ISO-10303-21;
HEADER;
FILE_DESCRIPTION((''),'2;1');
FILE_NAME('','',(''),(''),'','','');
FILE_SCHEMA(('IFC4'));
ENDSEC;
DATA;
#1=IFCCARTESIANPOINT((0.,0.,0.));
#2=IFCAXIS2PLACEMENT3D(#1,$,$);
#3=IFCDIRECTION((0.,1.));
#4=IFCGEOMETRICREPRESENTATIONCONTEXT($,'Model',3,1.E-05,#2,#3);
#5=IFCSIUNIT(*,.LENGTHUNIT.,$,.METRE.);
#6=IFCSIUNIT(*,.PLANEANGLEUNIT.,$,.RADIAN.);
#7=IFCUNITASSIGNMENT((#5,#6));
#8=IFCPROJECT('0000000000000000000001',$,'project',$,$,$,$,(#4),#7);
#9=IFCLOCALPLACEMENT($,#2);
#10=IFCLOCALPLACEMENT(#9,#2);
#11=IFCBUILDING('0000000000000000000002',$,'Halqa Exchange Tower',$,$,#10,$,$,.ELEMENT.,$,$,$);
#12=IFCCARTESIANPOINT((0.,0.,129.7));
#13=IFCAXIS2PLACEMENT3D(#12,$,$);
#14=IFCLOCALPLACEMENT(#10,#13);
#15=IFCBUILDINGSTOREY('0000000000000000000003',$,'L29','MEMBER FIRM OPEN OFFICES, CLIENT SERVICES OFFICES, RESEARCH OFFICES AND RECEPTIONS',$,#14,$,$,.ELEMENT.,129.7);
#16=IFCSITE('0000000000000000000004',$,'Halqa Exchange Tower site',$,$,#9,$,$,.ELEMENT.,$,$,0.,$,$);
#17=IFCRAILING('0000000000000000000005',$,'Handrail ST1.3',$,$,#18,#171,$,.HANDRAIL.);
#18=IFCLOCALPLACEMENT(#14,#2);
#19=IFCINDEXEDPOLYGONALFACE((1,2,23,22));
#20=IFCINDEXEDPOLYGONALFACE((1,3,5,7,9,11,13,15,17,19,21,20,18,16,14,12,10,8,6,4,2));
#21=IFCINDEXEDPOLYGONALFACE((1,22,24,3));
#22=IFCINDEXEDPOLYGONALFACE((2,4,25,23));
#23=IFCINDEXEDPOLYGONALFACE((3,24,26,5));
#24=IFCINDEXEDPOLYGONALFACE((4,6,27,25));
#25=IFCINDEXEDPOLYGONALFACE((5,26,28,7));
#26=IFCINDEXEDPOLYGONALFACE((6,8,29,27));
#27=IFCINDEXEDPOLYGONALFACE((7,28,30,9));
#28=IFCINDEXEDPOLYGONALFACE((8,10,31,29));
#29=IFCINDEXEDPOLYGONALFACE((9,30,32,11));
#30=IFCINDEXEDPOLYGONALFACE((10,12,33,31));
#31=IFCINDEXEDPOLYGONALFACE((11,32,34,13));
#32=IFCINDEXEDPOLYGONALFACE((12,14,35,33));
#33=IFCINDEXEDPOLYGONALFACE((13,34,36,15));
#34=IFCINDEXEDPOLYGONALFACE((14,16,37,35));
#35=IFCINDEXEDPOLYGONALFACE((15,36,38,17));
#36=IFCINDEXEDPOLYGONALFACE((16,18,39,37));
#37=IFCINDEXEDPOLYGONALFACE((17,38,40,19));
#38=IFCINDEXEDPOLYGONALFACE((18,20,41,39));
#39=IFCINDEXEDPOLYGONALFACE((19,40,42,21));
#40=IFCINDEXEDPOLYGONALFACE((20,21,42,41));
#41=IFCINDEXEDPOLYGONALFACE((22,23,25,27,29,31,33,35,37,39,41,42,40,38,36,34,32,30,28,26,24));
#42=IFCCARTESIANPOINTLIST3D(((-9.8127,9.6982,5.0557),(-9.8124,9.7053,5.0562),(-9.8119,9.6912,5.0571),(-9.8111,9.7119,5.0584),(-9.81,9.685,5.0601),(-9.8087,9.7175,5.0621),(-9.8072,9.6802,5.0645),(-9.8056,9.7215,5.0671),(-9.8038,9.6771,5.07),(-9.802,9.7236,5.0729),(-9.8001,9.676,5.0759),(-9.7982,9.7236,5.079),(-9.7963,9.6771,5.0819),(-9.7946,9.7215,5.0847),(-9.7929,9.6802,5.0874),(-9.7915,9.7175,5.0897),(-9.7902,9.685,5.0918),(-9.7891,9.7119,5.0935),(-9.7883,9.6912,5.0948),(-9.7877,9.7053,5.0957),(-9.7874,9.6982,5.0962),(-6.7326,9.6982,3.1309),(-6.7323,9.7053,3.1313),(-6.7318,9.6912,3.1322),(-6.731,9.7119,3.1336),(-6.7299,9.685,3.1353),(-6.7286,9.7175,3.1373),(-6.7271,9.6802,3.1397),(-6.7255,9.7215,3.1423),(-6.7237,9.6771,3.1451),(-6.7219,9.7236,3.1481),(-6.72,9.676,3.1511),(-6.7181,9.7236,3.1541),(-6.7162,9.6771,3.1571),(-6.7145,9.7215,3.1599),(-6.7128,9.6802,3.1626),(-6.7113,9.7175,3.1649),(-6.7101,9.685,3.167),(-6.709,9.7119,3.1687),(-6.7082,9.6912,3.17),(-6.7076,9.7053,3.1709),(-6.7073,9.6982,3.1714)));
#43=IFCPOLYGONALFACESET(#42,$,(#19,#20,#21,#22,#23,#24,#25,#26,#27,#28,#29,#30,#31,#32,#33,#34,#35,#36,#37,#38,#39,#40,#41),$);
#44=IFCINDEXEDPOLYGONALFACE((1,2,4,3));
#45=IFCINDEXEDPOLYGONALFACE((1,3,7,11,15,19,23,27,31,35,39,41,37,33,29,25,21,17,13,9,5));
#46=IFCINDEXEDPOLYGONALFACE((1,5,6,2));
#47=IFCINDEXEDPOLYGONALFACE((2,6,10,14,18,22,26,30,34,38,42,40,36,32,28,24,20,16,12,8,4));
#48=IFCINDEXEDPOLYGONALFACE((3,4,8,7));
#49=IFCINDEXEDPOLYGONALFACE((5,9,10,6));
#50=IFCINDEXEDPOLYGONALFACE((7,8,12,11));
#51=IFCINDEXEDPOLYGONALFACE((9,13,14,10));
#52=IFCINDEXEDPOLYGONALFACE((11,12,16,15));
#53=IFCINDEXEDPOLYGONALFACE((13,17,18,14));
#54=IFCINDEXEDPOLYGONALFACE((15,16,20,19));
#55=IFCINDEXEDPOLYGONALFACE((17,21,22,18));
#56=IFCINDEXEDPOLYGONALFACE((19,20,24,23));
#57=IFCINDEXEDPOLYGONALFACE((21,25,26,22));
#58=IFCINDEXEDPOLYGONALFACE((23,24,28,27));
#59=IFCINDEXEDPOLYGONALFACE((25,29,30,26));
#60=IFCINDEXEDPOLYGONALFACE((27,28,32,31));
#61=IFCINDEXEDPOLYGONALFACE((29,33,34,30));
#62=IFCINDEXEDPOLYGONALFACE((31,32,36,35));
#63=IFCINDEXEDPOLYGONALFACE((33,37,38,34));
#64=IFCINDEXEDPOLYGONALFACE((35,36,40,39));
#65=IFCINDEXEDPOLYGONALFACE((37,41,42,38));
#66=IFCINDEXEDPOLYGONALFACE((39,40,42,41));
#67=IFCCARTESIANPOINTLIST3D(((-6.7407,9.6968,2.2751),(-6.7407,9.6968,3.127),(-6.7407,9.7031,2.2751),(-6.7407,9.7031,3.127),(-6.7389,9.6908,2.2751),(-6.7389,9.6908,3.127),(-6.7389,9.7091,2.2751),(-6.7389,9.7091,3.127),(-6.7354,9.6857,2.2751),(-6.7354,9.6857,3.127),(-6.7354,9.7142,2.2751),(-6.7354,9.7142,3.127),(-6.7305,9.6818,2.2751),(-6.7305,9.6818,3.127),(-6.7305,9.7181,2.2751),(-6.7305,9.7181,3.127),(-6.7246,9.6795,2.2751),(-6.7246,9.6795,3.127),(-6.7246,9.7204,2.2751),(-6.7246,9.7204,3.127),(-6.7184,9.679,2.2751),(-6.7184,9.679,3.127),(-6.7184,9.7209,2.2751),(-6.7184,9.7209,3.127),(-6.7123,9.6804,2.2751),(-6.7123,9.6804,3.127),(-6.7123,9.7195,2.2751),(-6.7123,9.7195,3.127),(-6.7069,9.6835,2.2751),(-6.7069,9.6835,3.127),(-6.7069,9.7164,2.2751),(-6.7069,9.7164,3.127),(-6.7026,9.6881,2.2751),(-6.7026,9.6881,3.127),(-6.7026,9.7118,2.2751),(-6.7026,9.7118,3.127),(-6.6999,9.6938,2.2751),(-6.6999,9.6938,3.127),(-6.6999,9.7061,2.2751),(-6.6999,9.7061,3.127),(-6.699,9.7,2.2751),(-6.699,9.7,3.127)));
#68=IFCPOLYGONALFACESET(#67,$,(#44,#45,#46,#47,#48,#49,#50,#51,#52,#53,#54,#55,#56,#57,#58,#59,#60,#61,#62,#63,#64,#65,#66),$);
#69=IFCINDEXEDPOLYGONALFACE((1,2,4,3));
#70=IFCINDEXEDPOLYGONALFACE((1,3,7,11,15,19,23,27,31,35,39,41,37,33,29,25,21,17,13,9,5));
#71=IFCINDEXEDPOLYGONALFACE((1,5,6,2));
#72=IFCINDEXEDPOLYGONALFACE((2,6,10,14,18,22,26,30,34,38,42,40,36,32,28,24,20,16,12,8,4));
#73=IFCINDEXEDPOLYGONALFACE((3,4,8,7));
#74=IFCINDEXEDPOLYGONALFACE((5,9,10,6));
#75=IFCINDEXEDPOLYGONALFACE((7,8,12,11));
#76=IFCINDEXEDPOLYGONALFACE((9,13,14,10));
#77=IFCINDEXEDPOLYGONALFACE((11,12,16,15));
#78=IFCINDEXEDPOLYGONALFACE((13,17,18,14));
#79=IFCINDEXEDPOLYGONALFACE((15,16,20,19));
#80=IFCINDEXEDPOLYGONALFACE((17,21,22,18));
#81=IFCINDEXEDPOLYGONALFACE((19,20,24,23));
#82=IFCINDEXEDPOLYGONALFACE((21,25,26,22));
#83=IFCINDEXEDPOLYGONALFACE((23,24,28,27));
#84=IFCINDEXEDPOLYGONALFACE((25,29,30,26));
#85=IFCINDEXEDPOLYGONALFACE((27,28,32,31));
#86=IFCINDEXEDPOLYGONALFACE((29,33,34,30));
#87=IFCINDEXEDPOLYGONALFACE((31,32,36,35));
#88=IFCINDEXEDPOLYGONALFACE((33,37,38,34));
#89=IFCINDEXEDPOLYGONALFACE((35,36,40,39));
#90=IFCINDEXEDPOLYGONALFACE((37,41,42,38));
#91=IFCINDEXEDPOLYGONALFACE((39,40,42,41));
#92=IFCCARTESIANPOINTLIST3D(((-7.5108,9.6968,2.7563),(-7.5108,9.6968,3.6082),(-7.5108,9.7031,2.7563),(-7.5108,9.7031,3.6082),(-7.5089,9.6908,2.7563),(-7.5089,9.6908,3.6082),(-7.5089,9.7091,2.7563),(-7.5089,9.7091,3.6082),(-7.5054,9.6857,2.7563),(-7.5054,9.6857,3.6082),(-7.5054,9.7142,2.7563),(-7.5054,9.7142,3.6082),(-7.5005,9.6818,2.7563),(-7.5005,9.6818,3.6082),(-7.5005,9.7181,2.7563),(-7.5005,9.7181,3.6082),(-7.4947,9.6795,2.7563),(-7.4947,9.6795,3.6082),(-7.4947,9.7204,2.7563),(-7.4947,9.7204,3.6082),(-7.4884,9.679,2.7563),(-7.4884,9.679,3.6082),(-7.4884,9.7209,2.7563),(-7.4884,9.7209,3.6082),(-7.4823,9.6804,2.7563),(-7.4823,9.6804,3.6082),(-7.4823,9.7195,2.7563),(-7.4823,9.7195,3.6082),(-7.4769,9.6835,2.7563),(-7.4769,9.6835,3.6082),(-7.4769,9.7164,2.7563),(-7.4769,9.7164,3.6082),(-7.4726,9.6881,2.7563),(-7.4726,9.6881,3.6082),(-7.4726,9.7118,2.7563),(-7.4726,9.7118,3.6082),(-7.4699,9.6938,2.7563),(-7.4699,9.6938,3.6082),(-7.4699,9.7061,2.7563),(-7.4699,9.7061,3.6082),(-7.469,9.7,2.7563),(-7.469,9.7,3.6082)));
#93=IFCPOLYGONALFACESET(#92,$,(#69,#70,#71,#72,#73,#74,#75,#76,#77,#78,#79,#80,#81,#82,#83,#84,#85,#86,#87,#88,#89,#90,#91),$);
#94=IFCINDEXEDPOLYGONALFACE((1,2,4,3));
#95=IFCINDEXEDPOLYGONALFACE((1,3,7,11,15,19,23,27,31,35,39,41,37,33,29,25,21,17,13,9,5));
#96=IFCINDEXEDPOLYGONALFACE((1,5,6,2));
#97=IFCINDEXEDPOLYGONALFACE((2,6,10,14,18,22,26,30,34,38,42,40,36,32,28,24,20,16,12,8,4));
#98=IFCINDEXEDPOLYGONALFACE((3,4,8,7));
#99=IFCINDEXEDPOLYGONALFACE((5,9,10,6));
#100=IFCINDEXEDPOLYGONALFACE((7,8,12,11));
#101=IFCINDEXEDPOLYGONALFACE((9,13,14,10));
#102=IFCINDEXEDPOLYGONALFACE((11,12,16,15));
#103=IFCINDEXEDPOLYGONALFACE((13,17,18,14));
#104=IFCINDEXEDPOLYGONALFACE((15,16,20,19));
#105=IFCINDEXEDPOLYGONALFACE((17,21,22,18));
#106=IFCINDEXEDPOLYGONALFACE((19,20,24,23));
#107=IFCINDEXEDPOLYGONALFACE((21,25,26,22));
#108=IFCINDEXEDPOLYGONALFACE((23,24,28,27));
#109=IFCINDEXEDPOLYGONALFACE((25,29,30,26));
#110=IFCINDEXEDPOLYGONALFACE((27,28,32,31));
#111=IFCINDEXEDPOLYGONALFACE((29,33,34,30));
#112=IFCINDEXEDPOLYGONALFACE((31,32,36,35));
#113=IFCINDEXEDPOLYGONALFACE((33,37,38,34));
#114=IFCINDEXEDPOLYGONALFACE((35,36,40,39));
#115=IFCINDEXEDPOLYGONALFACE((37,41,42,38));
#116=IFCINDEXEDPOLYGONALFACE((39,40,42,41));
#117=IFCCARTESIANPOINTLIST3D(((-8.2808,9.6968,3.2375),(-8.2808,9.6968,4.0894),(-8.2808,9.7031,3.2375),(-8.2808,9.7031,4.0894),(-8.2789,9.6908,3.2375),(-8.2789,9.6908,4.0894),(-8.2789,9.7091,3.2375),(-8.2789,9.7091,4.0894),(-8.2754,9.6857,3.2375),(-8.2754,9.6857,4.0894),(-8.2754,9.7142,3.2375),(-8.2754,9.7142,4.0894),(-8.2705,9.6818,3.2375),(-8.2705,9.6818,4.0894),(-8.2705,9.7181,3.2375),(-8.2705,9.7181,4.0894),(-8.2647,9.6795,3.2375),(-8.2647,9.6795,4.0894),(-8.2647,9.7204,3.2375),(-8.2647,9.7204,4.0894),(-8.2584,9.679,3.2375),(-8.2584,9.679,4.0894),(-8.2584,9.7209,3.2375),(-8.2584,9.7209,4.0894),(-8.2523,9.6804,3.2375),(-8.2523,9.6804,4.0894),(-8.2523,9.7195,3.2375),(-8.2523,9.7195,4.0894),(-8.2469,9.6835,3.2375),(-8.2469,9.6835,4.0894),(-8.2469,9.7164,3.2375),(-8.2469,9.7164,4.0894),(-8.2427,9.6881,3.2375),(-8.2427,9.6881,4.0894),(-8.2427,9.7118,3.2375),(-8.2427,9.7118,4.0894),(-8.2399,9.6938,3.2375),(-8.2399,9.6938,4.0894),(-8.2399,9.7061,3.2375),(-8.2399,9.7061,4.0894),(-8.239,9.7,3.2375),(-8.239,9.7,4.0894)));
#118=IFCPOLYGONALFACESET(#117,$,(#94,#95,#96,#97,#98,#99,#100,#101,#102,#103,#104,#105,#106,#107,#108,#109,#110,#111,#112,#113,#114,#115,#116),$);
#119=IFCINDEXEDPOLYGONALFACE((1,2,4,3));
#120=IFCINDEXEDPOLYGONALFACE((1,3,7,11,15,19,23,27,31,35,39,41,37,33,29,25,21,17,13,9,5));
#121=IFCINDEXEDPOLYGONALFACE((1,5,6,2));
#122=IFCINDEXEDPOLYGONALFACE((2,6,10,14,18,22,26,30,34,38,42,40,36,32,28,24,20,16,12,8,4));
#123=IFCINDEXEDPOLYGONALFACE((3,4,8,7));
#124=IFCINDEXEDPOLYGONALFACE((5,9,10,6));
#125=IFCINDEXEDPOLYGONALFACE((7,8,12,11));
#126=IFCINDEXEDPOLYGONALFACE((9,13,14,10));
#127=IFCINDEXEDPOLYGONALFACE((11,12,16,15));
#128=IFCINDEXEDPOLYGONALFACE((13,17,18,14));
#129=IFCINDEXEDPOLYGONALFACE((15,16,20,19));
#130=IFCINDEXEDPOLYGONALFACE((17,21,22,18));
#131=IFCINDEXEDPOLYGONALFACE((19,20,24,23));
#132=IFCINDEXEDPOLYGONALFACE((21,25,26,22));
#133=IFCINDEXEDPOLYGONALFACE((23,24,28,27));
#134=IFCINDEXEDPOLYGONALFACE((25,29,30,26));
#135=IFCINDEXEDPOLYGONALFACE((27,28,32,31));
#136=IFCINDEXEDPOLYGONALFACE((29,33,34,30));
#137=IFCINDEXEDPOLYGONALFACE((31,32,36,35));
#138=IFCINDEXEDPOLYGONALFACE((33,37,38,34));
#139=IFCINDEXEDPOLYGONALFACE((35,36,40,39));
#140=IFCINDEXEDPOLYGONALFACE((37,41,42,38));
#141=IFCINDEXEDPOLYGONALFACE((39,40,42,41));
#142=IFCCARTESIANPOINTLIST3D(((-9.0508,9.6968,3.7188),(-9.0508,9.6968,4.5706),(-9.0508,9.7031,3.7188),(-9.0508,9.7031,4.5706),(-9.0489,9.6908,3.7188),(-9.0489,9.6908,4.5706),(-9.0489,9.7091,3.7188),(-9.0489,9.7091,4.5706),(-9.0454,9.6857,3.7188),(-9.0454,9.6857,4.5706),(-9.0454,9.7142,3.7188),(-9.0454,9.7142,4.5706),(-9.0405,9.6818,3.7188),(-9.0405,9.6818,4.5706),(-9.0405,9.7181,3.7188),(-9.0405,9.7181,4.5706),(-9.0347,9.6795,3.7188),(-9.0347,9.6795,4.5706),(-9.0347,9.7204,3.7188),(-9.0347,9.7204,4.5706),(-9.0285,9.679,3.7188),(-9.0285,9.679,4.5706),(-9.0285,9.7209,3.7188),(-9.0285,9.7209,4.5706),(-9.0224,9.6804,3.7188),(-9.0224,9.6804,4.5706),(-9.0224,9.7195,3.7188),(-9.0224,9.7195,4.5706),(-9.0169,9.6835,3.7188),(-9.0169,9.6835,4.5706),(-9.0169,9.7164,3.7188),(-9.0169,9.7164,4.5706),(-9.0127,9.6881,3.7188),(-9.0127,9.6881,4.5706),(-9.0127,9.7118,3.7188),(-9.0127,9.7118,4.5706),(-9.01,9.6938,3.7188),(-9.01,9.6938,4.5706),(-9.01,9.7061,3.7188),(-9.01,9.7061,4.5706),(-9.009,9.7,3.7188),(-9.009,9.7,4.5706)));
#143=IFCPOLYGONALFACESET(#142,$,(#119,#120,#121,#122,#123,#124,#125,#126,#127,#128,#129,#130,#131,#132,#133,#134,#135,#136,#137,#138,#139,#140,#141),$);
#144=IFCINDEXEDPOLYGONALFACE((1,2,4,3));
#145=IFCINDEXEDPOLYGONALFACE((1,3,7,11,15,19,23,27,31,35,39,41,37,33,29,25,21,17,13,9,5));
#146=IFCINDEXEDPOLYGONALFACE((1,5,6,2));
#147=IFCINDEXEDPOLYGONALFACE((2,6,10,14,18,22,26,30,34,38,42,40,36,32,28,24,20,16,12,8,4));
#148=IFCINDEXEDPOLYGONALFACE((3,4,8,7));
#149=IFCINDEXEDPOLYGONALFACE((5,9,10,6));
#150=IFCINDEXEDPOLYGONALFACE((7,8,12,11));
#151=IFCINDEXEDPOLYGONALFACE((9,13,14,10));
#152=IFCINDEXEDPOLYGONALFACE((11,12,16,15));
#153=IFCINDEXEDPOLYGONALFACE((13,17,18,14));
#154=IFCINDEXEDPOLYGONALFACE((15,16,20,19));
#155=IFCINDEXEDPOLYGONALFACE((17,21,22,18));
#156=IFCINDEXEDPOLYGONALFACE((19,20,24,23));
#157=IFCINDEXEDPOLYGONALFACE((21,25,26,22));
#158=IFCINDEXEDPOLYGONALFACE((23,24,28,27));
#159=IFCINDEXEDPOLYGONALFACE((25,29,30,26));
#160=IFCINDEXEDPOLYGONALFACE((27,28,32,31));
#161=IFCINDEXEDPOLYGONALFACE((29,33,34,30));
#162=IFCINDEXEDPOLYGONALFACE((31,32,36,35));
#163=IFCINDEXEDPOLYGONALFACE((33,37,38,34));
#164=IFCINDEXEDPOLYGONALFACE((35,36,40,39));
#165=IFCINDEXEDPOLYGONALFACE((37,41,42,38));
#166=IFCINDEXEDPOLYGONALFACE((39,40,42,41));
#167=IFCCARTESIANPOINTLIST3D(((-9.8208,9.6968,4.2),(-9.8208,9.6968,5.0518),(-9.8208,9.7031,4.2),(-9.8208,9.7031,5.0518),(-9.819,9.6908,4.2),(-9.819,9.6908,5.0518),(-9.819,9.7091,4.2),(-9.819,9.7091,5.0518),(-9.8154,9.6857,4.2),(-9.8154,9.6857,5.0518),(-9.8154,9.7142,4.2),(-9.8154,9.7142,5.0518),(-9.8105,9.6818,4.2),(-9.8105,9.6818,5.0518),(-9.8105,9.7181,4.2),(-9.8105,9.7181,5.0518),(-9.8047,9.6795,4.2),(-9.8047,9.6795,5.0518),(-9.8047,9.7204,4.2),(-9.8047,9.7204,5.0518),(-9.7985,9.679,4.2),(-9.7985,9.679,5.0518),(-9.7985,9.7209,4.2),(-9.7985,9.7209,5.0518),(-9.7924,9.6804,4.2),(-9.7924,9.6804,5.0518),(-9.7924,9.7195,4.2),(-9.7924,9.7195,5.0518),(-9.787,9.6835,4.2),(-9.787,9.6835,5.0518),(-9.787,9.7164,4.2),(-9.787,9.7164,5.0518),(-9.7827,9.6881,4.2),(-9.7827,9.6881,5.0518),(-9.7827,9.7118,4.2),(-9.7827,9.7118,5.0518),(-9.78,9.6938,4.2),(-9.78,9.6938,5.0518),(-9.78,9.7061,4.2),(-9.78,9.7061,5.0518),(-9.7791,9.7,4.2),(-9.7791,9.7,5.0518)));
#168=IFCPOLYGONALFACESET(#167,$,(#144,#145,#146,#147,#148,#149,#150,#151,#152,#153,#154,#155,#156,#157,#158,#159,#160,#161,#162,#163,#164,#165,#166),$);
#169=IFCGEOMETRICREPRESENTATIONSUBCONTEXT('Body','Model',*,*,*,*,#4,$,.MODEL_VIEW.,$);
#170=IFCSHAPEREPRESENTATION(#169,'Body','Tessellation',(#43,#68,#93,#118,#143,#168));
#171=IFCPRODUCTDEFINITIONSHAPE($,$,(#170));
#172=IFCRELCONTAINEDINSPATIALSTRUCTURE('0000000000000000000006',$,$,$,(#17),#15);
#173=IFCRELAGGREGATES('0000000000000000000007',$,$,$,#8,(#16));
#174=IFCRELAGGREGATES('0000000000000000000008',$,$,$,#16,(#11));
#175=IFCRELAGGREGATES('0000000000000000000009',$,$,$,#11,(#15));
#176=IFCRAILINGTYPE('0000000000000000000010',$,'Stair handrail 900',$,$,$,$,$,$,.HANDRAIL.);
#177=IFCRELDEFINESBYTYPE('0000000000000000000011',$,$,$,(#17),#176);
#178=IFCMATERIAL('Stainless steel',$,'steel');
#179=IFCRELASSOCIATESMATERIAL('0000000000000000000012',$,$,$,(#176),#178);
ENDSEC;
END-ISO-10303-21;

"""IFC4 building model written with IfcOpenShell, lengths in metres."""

from ifc_helpers import new_model, si_unit, direction, frame, origin, origin_2d, place, context, subcontext, project, spatial, circle, extrude, material, type_object, element, save


model = new_model("IFC4")

# Units and contexts
model_context = context("Model", 3, precision=1e-05, world=origin(), true_north=direction((0.0, 1.0)))
body_context = subcontext(model_context, "Body", "Model", "MODEL_VIEW")
ifc_project = project(units=[si_unit("LENGTHUNIT", "METRE"), si_unit("PLANEANGLEUNIT", "RADIAN")], contexts=[model_context])

# Site, building, storey
site_placement = place(None, origin())
site = spatial("IfcSite", under=ifc_project, at=site_placement, Name="Halqa Exchange Tower site", CompositionType="ELEMENT", RefElevation=0.0)
building_placement = place(site_placement, origin())
building = spatial("IfcBuilding", under=site, at=building_placement, Name="Halqa Exchange Tower", CompositionType="ELEMENT")
storey_placement = place(building_placement, frame((0.0, 0.0, 129.7)))
storey = spatial("IfcBuildingStorey", under=building, at=storey_placement, Name="L29", Description="MEMBER FIRM OPEN OFFICES, CLIENT SERVICES OFFICES, RESEARCH OFFICES AND RECEPTIONS", CompositionType="ELEMENT", Elevation=129.7)

# Railing
ifc_material_1 = material(Name="Stainless steel", Category="steel")
railing_type_1 = type_object("IfcRailingType", Name="Stair handrail 900", PredefinedType="HANDRAIL", material=ifc_material_1)
railing_1_placement = place(storey_placement, frame((-6.72, 9.7, 2.2751)))
element("IfcRailing", 1, at=railing_1_placement, inside=storey, type_object=railing_type_1, Name="Handrail ST1.3", PredefinedType="HANDRAIL", context=body_context, shape_type="SweptSolid", body=[
    extrude(circle(Radius=0.0239, at=origin_2d()), frame((0.0, 0.0, 0.876), z_axis=(-0.848029, 0.0, 0.529951), x_axis=(0.0, -1.0, 0.0)), (0.0, 0.0, 1.0), 3.6321),
    extrude(circle(Radius=0.021, at=origin_2d()), origin(), (0.0, 0.0, 1.0), 0.8518),
    extrude(circle(Radius=0.021, at=origin_2d()), frame((-0.77, 0.0, 0.4812)), (0.0, 0.0, 1.0), 0.8518),
    extrude(circle(Radius=0.021, at=origin_2d()), frame((-1.54, 0.0, 0.9624)), (0.0, 0.0, 1.0), 0.8518),
    extrude(circle(Radius=0.021, at=origin_2d()), frame((-2.3101, 0.0, 1.4436)), (0.0, 0.0, 1.0), 0.8518),
    extrude(circle(Radius=0.021, at=origin_2d()), frame((-3.0801, 0.0, 1.9248)), (0.0, 0.0, 1.0), 0.8518),
])

save(model, "model.ifc")
